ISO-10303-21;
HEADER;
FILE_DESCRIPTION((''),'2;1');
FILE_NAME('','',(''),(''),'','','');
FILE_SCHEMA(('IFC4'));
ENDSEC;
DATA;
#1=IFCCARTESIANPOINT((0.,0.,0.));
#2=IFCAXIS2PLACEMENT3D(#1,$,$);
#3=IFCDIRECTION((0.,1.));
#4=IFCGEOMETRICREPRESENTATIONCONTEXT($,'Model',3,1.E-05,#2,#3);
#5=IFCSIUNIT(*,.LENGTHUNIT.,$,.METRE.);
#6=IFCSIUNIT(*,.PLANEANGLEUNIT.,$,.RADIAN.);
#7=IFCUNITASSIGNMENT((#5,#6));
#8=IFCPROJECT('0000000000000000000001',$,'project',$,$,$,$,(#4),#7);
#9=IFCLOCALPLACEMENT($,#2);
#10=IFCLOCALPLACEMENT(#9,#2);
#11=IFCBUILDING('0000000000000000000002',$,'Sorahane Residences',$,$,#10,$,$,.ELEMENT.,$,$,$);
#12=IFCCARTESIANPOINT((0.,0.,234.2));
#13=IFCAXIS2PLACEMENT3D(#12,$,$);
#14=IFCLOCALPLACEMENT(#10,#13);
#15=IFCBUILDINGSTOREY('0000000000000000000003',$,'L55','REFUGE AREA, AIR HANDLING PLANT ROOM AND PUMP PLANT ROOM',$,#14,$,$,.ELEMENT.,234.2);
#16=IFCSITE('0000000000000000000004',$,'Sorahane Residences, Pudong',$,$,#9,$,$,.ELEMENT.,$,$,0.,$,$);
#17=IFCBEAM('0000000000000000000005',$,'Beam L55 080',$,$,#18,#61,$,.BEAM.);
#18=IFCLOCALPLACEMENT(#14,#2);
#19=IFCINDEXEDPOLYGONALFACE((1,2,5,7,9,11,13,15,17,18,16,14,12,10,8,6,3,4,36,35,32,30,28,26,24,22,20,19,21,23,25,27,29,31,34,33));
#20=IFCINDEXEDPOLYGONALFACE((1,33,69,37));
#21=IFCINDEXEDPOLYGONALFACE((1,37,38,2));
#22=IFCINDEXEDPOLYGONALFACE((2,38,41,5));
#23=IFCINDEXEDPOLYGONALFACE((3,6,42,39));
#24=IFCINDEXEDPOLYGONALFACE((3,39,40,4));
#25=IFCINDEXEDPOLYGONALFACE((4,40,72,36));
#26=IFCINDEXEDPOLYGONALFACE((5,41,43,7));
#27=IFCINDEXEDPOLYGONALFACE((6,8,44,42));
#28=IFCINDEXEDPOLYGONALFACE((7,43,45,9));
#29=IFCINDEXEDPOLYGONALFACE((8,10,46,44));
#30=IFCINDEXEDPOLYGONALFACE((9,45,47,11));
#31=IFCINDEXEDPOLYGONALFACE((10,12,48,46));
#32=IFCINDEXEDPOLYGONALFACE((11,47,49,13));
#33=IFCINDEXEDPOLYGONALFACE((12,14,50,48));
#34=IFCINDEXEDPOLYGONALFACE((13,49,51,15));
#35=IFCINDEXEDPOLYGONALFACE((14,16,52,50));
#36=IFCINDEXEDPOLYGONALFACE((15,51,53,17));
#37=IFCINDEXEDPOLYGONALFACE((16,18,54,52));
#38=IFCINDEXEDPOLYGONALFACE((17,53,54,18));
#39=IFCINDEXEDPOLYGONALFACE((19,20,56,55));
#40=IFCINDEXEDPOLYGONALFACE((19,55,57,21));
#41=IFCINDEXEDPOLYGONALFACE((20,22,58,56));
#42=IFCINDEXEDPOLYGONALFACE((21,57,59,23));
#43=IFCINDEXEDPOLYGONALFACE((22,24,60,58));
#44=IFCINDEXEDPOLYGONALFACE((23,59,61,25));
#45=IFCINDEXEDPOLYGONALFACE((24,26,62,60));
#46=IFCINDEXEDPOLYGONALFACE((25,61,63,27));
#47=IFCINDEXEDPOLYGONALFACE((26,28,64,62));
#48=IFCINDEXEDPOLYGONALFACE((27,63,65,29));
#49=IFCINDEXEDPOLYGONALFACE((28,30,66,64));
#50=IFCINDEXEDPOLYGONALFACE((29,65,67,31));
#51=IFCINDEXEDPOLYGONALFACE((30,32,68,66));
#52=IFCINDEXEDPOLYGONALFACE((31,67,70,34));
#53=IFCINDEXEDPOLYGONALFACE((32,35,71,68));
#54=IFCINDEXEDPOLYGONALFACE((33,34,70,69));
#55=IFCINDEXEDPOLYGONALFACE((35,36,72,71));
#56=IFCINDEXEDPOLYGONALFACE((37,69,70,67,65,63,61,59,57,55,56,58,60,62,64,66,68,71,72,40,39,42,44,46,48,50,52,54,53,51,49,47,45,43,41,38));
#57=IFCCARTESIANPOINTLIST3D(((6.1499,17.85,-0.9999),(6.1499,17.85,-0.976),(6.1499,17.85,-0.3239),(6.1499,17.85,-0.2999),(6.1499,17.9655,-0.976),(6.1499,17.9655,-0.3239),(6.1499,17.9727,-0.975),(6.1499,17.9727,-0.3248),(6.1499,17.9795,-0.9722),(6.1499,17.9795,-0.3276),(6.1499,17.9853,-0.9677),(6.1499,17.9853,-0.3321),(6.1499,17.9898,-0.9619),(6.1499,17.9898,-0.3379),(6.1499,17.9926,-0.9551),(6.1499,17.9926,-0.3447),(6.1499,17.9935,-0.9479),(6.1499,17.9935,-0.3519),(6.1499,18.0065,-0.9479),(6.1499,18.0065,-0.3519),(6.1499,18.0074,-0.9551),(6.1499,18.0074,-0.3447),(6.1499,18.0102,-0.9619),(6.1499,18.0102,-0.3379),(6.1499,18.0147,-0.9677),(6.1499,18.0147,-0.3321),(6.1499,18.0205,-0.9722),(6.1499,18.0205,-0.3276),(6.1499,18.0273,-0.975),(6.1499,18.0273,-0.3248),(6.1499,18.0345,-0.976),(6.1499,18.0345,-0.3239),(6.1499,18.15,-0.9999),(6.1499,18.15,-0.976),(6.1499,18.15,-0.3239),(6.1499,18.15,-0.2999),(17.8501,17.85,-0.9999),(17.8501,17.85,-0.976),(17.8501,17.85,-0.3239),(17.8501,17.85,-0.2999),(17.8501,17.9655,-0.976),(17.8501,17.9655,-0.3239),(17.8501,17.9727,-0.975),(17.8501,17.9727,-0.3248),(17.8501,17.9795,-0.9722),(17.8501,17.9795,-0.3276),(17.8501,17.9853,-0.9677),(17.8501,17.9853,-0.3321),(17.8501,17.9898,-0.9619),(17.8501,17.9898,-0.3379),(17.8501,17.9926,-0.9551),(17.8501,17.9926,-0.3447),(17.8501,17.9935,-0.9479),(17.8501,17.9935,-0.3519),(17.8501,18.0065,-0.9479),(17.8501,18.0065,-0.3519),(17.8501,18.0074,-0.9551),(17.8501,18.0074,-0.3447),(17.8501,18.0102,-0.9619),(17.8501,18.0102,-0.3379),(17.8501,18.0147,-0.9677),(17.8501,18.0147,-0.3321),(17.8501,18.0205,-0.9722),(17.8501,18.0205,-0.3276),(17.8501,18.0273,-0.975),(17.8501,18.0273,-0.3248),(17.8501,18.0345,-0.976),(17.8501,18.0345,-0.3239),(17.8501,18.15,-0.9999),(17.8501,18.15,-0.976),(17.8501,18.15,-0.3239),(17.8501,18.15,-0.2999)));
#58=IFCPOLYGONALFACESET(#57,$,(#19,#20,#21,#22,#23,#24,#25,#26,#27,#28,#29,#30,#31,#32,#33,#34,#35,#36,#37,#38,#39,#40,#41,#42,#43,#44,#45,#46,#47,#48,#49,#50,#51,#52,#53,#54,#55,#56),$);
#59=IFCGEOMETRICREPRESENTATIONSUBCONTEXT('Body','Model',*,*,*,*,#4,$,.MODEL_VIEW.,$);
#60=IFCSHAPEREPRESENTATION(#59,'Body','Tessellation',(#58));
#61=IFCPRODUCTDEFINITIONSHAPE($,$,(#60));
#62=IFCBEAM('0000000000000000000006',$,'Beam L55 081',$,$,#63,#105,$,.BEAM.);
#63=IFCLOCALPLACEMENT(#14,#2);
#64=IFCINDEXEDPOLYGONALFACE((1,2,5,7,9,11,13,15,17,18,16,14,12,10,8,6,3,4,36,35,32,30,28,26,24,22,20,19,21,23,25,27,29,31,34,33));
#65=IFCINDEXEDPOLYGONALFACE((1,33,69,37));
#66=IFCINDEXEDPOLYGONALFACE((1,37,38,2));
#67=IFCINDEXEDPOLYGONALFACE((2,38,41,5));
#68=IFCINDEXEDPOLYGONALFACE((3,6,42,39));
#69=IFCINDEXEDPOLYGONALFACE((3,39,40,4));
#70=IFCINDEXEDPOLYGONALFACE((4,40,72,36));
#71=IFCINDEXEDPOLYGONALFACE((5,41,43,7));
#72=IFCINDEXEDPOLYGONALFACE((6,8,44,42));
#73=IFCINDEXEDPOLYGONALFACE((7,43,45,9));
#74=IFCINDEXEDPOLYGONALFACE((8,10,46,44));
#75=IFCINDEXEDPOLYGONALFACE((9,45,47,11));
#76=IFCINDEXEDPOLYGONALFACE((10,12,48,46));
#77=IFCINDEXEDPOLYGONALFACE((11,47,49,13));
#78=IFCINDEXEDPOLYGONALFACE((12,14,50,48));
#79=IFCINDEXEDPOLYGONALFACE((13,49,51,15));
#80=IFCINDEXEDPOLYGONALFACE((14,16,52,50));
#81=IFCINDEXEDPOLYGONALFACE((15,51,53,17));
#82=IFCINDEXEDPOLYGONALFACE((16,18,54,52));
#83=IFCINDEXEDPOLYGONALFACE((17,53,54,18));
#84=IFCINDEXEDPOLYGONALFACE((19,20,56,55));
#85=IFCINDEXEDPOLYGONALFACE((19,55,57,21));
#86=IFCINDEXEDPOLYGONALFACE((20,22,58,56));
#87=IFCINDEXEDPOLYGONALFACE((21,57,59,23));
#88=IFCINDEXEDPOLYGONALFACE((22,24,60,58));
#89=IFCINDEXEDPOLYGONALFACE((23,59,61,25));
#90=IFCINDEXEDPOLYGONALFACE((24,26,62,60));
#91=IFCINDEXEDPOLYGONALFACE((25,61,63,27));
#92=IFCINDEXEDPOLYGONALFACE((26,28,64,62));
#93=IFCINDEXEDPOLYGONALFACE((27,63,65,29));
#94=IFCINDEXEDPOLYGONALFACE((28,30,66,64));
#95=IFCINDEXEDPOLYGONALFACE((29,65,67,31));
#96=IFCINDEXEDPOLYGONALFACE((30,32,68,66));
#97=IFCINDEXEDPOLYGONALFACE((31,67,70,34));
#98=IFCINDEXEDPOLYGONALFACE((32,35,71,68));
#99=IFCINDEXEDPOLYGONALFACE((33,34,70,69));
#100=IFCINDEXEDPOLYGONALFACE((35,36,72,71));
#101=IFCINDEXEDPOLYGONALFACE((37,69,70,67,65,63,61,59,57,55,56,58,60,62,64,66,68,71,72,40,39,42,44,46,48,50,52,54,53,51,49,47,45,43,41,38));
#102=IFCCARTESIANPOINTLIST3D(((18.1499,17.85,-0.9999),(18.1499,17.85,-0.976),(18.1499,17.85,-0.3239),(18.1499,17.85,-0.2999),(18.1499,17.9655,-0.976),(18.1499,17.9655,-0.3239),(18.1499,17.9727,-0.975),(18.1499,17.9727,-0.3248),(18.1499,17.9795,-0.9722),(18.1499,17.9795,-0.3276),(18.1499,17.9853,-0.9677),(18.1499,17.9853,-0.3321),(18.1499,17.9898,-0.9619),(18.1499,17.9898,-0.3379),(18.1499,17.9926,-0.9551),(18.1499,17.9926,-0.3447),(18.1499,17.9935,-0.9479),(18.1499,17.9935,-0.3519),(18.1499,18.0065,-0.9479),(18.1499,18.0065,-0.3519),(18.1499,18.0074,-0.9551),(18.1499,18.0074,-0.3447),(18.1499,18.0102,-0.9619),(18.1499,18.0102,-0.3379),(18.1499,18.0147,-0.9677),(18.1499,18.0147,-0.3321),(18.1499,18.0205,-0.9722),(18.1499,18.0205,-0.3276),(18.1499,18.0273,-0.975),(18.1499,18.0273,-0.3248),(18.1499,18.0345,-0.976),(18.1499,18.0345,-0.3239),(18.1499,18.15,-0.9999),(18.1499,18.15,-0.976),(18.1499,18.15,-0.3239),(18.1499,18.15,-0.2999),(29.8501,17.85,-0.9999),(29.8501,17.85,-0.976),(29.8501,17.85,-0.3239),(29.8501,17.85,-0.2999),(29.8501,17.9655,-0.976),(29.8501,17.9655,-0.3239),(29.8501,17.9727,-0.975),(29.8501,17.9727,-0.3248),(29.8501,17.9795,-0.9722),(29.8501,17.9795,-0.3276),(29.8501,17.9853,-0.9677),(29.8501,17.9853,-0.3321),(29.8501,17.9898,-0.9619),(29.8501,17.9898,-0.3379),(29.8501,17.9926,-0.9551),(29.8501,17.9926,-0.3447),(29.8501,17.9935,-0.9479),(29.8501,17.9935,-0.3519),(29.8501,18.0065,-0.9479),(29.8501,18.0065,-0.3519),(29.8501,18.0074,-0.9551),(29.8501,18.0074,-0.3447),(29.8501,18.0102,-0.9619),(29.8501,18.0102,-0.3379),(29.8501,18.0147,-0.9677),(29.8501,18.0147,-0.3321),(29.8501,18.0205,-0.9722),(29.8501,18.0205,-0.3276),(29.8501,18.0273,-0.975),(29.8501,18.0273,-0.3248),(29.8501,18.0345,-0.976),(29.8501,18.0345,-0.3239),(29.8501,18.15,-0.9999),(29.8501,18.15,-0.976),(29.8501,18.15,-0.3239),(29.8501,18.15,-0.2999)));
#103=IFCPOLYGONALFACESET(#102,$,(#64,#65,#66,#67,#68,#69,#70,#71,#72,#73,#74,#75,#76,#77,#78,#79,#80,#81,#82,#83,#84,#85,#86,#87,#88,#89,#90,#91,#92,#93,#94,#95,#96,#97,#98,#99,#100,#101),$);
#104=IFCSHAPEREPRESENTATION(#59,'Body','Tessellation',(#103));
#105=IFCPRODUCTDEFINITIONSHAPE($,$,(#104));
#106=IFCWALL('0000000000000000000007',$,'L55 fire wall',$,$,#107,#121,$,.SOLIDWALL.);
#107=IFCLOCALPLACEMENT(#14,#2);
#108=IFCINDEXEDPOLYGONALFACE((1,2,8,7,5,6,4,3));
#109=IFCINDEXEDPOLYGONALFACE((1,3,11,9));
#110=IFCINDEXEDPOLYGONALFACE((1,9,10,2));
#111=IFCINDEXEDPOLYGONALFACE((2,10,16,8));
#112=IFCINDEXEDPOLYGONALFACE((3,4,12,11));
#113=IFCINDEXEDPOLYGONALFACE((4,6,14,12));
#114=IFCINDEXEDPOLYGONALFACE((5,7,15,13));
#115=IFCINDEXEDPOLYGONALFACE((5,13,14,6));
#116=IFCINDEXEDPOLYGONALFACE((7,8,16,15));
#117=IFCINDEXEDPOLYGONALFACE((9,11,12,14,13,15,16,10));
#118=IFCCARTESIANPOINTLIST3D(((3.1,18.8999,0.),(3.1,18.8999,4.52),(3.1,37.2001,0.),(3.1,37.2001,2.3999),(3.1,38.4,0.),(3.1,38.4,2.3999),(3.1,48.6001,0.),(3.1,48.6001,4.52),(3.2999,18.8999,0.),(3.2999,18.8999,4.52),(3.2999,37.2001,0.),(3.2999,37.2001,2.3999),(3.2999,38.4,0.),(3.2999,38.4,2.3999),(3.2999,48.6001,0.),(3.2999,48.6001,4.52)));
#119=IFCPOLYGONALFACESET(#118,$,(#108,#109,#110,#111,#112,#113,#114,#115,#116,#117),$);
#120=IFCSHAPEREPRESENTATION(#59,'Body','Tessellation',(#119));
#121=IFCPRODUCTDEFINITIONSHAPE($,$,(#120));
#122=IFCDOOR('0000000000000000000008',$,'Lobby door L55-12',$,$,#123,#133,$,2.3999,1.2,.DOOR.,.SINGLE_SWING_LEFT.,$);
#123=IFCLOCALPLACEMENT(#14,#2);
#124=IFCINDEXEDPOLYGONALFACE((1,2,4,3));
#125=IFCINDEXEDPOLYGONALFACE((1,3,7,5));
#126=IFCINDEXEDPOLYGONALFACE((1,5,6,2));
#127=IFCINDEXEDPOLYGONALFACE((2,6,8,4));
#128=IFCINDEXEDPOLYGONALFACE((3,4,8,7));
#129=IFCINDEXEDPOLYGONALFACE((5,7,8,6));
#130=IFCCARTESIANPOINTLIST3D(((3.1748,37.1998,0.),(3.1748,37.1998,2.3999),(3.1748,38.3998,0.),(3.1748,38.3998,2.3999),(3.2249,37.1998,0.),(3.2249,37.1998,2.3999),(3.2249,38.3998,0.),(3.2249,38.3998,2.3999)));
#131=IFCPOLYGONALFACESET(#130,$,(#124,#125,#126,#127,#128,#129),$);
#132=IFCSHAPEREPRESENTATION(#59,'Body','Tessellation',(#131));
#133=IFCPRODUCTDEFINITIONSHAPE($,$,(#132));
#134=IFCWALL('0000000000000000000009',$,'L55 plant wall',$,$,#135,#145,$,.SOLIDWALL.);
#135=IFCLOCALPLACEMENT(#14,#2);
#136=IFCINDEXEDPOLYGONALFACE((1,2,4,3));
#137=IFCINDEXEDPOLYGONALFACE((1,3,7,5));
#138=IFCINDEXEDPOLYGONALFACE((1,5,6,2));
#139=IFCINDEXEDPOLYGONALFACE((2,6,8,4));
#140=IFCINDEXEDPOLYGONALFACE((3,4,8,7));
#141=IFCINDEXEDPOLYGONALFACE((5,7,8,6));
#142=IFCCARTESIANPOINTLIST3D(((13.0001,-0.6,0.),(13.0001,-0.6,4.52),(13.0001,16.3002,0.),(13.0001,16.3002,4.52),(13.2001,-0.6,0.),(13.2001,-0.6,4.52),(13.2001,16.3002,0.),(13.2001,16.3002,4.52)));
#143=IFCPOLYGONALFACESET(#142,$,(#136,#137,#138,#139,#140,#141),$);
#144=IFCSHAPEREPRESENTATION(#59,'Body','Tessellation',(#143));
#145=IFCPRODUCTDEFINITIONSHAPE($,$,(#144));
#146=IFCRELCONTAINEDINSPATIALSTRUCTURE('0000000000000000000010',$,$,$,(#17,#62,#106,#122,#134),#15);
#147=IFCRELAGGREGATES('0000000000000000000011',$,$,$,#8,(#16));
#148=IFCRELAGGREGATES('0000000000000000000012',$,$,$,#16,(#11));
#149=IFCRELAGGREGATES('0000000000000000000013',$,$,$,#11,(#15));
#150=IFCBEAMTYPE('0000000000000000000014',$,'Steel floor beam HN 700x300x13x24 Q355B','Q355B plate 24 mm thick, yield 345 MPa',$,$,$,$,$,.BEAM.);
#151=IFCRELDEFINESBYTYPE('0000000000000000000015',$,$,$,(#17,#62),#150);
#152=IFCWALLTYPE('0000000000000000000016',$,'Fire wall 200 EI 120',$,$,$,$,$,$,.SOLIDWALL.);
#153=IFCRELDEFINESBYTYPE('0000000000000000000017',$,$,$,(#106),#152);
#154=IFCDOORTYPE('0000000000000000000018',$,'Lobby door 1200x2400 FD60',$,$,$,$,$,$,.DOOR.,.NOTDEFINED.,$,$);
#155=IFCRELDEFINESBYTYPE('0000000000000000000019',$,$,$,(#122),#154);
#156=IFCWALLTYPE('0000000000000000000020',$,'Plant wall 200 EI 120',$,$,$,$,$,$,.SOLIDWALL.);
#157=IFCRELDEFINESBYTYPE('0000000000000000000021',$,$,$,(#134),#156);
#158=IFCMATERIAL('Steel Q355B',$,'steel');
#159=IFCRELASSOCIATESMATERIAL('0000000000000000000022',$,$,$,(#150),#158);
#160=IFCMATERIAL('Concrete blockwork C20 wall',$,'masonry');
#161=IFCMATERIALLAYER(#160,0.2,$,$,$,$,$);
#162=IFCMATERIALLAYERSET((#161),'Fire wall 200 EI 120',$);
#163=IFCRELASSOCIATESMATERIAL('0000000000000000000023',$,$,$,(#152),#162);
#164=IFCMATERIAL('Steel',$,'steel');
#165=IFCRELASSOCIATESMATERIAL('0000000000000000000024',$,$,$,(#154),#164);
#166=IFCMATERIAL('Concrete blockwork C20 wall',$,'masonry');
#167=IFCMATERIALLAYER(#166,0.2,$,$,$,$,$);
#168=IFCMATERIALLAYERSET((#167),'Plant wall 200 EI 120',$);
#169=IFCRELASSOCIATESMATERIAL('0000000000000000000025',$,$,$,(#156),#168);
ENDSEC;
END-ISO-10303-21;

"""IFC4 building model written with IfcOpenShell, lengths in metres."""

from ifc_helpers import new_model, si_unit, direction, frame, frame_2d, origin, origin_2d, place, context, subcontext, project, spatial, rectangle, i_section, extrude, material, layer, layer_set, material_profile, profile_set, type_object, element, fill, save


model = new_model("IFC4")

# Units and contexts
model_context = context("Model", 3, precision=1e-05, world=origin(), true_north=direction((0.0, 1.0)))
body_context = subcontext(model_context, "Body", "Model", "MODEL_VIEW")
ifc_project = project(units=[si_unit("LENGTHUNIT", "METRE"), si_unit("PLANEANGLEUNIT", "RADIAN")], contexts=[model_context])

# Site, building, storey
site_placement = place(None, origin())
site = spatial("IfcSite", under=ifc_project, at=site_placement, Name="Sorahane Residences, Pudong", CompositionType="ELEMENT", RefElevation=0.0)
building_placement = place(site_placement, origin())
building = spatial("IfcBuilding", under=site, at=building_placement, Name="Sorahane Residences", CompositionType="ELEMENT")
storey_placement = place(building_placement, frame((0.0, 0.0, 234.2)))
storey = spatial("IfcBuildingStorey", under=building, at=storey_placement, Name="L55", Description="REFUGE AREA, AIR HANDLING PLANT ROOM AND PUMP PLANT ROOM", CompositionType="ELEMENT", Elevation=234.2)

# Beams
ifc_material_1 = material(Name="Steel Q355B", Category="steel")
ifc_material_profile_1 = material_profile(ifc_material_1, i_section(OverallWidth=0.3, OverallDepth=0.7, WebThickness=0.0129, FlangeThickness=0.0239, FilletRadius=0.0281, at=origin_2d()), Name="HN 700x300x13x24")
ifc_profile_set_1 = profile_set([ifc_material_profile_1], Name="Steel Q355B")
beam_type_1 = type_object("IfcBeamType", Name="Steel floor beam HN 700x300x13x24 Q355B", Description="Q355B plate 24 mm thick, yield 345 MPa", PredefinedType="BEAM", material=ifc_profile_set_1)
for number, where, z_axis, x_axis, name in (
    (1, (6.1499, 18.0, -0.6499), (1.0, 0.0, 0.0), (0.0, 1.0, 0.0), "Beam L55 080"),
    (2, (18.1499, 18.0, -0.6499), (1.0, 0.0, 0.0), (0.0, 1.0, 0.0), "Beam L55 081"),
):
    element("IfcBeam", number, at=place(storey_placement, frame(where, z_axis=z_axis, x_axis=x_axis)), inside=storey, type_object=beam_type_1, Name=name, PredefinedType="BEAM", context=body_context, shape_type="SweptSolid", body=[
        extrude(i_section(OverallWidth=0.3, OverallDepth=0.7, WebThickness=0.0129, FlangeThickness=0.0239, FilletRadius=0.0281, at=origin_2d()), origin(), (0.0, 0.0, 1.0), 11.7002),
    ])

# Wall, opening, door
ifc_material_2 = material(Name="Concrete blockwork C20 wall", Category="masonry")
ifc_layer_1 = layer(ifc_material_2, 0.2)
ifc_layer_set_1 = layer_set([ifc_layer_1], Name="Fire wall 200 EI 120")
wall_type_1 = type_object("IfcWallType", Name="Fire wall 200 EI 120", PredefinedType="SOLIDWALL", material=ifc_layer_set_1)
wall_1_placement = place(storey_placement, frame((3.2, 18.8999, 0.0), z_axis=(0.0, 0.0, 1.0), x_axis=(0.0, 1.0, 0.0)))
wall_1 = element("IfcWall", 3, at=wall_1_placement, inside=storey, type_object=wall_type_1, Name="L55 fire wall", PredefinedType="SOLIDWALL", context=body_context, shape_type="SweptSolid", body=[
    extrude(rectangle(XDim=29.7002, YDim=0.2, at=frame_2d((14.8501, 0.0))), origin(), (0.0, 0.0, 1.0), 4.52),
])
opening_1_placement = place(wall_1_placement, frame((18.3, 0.0, 0.0)))
opening_1 = element("IfcOpeningElement", 4, at=opening_1_placement, cuts=wall_1, PredefinedType="OPENING", context=body_context, shape_type="SweptSolid", body=[
    extrude(rectangle(XDim=1.2, YDim=2.3999, at=frame_2d((0.6001, 1.2))), frame((0.0, 0.1099, 0.0), z_axis=(0.0, -1.0, 0.0), x_axis=(1.0, 0.0, 0.0)), (0.0, 0.0, 1.0), 0.22),
])
ifc_material_3 = material(Name="Steel", Category="steel")
door_type_1 = type_object("IfcDoorType", Name="Lobby door 1200x2400 FD60", OperationType="NOTDEFINED", PredefinedType="DOOR", material=ifc_material_3)
door_1_placement = place(opening_1_placement, frame((1.2, 0.0, 0.0), z_axis=(0.0, 0.0, 1.0), x_axis=(-1.0, 0.0, 0.0)))
door_1 = element("IfcDoor", 5, at=door_1_placement, inside=storey, type_object=door_type_1, Name="Lobby door L55-12", OperationType="SINGLE_SWING_LEFT", OverallHeight=2.3999, OverallWidth=1.2, PredefinedType="DOOR", context=body_context, shape_type="SweptSolid", body=[
    extrude(rectangle(XDim=1.2, YDim=2.3999, at=frame_2d((0.6001, 1.2))), frame((0.0, 0.0249, 0.0), z_axis=(0.0, -1.0, 0.0), x_axis=(1.0, 0.0, 0.0)), (0.0, 0.0, 1.0), 0.05),
])
fill(opening_1, door_1)

# Wall
ifc_material_4 = material(Name="Concrete blockwork C20 wall", Category="masonry")
ifc_layer_2 = layer(ifc_material_4, 0.2)
ifc_layer_set_2 = layer_set([ifc_layer_2], Name="Plant wall 200 EI 120")
wall_type_2 = type_object("IfcWallType", Name="Plant wall 200 EI 120", PredefinedType="SOLIDWALL", material=ifc_layer_set_2)
wall_2_placement = place(storey_placement, frame((13.1001, -0.6001, 0.0), z_axis=(0.0, 0.0, 1.0), x_axis=(0.0, 1.0, 0.0)))
element("IfcWall", 6, at=wall_2_placement, inside=storey, type_object=wall_type_2, Name="L55 plant wall", PredefinedType="SOLIDWALL", context=body_context, shape_type="SweptSolid", body=[
    extrude(rectangle(XDim=16.9001, YDim=0.2, at=frame_2d((8.4502, 0.0))), origin(), (0.0, 0.0, 1.0), 4.52),
])

save(model, "model.ifc")
